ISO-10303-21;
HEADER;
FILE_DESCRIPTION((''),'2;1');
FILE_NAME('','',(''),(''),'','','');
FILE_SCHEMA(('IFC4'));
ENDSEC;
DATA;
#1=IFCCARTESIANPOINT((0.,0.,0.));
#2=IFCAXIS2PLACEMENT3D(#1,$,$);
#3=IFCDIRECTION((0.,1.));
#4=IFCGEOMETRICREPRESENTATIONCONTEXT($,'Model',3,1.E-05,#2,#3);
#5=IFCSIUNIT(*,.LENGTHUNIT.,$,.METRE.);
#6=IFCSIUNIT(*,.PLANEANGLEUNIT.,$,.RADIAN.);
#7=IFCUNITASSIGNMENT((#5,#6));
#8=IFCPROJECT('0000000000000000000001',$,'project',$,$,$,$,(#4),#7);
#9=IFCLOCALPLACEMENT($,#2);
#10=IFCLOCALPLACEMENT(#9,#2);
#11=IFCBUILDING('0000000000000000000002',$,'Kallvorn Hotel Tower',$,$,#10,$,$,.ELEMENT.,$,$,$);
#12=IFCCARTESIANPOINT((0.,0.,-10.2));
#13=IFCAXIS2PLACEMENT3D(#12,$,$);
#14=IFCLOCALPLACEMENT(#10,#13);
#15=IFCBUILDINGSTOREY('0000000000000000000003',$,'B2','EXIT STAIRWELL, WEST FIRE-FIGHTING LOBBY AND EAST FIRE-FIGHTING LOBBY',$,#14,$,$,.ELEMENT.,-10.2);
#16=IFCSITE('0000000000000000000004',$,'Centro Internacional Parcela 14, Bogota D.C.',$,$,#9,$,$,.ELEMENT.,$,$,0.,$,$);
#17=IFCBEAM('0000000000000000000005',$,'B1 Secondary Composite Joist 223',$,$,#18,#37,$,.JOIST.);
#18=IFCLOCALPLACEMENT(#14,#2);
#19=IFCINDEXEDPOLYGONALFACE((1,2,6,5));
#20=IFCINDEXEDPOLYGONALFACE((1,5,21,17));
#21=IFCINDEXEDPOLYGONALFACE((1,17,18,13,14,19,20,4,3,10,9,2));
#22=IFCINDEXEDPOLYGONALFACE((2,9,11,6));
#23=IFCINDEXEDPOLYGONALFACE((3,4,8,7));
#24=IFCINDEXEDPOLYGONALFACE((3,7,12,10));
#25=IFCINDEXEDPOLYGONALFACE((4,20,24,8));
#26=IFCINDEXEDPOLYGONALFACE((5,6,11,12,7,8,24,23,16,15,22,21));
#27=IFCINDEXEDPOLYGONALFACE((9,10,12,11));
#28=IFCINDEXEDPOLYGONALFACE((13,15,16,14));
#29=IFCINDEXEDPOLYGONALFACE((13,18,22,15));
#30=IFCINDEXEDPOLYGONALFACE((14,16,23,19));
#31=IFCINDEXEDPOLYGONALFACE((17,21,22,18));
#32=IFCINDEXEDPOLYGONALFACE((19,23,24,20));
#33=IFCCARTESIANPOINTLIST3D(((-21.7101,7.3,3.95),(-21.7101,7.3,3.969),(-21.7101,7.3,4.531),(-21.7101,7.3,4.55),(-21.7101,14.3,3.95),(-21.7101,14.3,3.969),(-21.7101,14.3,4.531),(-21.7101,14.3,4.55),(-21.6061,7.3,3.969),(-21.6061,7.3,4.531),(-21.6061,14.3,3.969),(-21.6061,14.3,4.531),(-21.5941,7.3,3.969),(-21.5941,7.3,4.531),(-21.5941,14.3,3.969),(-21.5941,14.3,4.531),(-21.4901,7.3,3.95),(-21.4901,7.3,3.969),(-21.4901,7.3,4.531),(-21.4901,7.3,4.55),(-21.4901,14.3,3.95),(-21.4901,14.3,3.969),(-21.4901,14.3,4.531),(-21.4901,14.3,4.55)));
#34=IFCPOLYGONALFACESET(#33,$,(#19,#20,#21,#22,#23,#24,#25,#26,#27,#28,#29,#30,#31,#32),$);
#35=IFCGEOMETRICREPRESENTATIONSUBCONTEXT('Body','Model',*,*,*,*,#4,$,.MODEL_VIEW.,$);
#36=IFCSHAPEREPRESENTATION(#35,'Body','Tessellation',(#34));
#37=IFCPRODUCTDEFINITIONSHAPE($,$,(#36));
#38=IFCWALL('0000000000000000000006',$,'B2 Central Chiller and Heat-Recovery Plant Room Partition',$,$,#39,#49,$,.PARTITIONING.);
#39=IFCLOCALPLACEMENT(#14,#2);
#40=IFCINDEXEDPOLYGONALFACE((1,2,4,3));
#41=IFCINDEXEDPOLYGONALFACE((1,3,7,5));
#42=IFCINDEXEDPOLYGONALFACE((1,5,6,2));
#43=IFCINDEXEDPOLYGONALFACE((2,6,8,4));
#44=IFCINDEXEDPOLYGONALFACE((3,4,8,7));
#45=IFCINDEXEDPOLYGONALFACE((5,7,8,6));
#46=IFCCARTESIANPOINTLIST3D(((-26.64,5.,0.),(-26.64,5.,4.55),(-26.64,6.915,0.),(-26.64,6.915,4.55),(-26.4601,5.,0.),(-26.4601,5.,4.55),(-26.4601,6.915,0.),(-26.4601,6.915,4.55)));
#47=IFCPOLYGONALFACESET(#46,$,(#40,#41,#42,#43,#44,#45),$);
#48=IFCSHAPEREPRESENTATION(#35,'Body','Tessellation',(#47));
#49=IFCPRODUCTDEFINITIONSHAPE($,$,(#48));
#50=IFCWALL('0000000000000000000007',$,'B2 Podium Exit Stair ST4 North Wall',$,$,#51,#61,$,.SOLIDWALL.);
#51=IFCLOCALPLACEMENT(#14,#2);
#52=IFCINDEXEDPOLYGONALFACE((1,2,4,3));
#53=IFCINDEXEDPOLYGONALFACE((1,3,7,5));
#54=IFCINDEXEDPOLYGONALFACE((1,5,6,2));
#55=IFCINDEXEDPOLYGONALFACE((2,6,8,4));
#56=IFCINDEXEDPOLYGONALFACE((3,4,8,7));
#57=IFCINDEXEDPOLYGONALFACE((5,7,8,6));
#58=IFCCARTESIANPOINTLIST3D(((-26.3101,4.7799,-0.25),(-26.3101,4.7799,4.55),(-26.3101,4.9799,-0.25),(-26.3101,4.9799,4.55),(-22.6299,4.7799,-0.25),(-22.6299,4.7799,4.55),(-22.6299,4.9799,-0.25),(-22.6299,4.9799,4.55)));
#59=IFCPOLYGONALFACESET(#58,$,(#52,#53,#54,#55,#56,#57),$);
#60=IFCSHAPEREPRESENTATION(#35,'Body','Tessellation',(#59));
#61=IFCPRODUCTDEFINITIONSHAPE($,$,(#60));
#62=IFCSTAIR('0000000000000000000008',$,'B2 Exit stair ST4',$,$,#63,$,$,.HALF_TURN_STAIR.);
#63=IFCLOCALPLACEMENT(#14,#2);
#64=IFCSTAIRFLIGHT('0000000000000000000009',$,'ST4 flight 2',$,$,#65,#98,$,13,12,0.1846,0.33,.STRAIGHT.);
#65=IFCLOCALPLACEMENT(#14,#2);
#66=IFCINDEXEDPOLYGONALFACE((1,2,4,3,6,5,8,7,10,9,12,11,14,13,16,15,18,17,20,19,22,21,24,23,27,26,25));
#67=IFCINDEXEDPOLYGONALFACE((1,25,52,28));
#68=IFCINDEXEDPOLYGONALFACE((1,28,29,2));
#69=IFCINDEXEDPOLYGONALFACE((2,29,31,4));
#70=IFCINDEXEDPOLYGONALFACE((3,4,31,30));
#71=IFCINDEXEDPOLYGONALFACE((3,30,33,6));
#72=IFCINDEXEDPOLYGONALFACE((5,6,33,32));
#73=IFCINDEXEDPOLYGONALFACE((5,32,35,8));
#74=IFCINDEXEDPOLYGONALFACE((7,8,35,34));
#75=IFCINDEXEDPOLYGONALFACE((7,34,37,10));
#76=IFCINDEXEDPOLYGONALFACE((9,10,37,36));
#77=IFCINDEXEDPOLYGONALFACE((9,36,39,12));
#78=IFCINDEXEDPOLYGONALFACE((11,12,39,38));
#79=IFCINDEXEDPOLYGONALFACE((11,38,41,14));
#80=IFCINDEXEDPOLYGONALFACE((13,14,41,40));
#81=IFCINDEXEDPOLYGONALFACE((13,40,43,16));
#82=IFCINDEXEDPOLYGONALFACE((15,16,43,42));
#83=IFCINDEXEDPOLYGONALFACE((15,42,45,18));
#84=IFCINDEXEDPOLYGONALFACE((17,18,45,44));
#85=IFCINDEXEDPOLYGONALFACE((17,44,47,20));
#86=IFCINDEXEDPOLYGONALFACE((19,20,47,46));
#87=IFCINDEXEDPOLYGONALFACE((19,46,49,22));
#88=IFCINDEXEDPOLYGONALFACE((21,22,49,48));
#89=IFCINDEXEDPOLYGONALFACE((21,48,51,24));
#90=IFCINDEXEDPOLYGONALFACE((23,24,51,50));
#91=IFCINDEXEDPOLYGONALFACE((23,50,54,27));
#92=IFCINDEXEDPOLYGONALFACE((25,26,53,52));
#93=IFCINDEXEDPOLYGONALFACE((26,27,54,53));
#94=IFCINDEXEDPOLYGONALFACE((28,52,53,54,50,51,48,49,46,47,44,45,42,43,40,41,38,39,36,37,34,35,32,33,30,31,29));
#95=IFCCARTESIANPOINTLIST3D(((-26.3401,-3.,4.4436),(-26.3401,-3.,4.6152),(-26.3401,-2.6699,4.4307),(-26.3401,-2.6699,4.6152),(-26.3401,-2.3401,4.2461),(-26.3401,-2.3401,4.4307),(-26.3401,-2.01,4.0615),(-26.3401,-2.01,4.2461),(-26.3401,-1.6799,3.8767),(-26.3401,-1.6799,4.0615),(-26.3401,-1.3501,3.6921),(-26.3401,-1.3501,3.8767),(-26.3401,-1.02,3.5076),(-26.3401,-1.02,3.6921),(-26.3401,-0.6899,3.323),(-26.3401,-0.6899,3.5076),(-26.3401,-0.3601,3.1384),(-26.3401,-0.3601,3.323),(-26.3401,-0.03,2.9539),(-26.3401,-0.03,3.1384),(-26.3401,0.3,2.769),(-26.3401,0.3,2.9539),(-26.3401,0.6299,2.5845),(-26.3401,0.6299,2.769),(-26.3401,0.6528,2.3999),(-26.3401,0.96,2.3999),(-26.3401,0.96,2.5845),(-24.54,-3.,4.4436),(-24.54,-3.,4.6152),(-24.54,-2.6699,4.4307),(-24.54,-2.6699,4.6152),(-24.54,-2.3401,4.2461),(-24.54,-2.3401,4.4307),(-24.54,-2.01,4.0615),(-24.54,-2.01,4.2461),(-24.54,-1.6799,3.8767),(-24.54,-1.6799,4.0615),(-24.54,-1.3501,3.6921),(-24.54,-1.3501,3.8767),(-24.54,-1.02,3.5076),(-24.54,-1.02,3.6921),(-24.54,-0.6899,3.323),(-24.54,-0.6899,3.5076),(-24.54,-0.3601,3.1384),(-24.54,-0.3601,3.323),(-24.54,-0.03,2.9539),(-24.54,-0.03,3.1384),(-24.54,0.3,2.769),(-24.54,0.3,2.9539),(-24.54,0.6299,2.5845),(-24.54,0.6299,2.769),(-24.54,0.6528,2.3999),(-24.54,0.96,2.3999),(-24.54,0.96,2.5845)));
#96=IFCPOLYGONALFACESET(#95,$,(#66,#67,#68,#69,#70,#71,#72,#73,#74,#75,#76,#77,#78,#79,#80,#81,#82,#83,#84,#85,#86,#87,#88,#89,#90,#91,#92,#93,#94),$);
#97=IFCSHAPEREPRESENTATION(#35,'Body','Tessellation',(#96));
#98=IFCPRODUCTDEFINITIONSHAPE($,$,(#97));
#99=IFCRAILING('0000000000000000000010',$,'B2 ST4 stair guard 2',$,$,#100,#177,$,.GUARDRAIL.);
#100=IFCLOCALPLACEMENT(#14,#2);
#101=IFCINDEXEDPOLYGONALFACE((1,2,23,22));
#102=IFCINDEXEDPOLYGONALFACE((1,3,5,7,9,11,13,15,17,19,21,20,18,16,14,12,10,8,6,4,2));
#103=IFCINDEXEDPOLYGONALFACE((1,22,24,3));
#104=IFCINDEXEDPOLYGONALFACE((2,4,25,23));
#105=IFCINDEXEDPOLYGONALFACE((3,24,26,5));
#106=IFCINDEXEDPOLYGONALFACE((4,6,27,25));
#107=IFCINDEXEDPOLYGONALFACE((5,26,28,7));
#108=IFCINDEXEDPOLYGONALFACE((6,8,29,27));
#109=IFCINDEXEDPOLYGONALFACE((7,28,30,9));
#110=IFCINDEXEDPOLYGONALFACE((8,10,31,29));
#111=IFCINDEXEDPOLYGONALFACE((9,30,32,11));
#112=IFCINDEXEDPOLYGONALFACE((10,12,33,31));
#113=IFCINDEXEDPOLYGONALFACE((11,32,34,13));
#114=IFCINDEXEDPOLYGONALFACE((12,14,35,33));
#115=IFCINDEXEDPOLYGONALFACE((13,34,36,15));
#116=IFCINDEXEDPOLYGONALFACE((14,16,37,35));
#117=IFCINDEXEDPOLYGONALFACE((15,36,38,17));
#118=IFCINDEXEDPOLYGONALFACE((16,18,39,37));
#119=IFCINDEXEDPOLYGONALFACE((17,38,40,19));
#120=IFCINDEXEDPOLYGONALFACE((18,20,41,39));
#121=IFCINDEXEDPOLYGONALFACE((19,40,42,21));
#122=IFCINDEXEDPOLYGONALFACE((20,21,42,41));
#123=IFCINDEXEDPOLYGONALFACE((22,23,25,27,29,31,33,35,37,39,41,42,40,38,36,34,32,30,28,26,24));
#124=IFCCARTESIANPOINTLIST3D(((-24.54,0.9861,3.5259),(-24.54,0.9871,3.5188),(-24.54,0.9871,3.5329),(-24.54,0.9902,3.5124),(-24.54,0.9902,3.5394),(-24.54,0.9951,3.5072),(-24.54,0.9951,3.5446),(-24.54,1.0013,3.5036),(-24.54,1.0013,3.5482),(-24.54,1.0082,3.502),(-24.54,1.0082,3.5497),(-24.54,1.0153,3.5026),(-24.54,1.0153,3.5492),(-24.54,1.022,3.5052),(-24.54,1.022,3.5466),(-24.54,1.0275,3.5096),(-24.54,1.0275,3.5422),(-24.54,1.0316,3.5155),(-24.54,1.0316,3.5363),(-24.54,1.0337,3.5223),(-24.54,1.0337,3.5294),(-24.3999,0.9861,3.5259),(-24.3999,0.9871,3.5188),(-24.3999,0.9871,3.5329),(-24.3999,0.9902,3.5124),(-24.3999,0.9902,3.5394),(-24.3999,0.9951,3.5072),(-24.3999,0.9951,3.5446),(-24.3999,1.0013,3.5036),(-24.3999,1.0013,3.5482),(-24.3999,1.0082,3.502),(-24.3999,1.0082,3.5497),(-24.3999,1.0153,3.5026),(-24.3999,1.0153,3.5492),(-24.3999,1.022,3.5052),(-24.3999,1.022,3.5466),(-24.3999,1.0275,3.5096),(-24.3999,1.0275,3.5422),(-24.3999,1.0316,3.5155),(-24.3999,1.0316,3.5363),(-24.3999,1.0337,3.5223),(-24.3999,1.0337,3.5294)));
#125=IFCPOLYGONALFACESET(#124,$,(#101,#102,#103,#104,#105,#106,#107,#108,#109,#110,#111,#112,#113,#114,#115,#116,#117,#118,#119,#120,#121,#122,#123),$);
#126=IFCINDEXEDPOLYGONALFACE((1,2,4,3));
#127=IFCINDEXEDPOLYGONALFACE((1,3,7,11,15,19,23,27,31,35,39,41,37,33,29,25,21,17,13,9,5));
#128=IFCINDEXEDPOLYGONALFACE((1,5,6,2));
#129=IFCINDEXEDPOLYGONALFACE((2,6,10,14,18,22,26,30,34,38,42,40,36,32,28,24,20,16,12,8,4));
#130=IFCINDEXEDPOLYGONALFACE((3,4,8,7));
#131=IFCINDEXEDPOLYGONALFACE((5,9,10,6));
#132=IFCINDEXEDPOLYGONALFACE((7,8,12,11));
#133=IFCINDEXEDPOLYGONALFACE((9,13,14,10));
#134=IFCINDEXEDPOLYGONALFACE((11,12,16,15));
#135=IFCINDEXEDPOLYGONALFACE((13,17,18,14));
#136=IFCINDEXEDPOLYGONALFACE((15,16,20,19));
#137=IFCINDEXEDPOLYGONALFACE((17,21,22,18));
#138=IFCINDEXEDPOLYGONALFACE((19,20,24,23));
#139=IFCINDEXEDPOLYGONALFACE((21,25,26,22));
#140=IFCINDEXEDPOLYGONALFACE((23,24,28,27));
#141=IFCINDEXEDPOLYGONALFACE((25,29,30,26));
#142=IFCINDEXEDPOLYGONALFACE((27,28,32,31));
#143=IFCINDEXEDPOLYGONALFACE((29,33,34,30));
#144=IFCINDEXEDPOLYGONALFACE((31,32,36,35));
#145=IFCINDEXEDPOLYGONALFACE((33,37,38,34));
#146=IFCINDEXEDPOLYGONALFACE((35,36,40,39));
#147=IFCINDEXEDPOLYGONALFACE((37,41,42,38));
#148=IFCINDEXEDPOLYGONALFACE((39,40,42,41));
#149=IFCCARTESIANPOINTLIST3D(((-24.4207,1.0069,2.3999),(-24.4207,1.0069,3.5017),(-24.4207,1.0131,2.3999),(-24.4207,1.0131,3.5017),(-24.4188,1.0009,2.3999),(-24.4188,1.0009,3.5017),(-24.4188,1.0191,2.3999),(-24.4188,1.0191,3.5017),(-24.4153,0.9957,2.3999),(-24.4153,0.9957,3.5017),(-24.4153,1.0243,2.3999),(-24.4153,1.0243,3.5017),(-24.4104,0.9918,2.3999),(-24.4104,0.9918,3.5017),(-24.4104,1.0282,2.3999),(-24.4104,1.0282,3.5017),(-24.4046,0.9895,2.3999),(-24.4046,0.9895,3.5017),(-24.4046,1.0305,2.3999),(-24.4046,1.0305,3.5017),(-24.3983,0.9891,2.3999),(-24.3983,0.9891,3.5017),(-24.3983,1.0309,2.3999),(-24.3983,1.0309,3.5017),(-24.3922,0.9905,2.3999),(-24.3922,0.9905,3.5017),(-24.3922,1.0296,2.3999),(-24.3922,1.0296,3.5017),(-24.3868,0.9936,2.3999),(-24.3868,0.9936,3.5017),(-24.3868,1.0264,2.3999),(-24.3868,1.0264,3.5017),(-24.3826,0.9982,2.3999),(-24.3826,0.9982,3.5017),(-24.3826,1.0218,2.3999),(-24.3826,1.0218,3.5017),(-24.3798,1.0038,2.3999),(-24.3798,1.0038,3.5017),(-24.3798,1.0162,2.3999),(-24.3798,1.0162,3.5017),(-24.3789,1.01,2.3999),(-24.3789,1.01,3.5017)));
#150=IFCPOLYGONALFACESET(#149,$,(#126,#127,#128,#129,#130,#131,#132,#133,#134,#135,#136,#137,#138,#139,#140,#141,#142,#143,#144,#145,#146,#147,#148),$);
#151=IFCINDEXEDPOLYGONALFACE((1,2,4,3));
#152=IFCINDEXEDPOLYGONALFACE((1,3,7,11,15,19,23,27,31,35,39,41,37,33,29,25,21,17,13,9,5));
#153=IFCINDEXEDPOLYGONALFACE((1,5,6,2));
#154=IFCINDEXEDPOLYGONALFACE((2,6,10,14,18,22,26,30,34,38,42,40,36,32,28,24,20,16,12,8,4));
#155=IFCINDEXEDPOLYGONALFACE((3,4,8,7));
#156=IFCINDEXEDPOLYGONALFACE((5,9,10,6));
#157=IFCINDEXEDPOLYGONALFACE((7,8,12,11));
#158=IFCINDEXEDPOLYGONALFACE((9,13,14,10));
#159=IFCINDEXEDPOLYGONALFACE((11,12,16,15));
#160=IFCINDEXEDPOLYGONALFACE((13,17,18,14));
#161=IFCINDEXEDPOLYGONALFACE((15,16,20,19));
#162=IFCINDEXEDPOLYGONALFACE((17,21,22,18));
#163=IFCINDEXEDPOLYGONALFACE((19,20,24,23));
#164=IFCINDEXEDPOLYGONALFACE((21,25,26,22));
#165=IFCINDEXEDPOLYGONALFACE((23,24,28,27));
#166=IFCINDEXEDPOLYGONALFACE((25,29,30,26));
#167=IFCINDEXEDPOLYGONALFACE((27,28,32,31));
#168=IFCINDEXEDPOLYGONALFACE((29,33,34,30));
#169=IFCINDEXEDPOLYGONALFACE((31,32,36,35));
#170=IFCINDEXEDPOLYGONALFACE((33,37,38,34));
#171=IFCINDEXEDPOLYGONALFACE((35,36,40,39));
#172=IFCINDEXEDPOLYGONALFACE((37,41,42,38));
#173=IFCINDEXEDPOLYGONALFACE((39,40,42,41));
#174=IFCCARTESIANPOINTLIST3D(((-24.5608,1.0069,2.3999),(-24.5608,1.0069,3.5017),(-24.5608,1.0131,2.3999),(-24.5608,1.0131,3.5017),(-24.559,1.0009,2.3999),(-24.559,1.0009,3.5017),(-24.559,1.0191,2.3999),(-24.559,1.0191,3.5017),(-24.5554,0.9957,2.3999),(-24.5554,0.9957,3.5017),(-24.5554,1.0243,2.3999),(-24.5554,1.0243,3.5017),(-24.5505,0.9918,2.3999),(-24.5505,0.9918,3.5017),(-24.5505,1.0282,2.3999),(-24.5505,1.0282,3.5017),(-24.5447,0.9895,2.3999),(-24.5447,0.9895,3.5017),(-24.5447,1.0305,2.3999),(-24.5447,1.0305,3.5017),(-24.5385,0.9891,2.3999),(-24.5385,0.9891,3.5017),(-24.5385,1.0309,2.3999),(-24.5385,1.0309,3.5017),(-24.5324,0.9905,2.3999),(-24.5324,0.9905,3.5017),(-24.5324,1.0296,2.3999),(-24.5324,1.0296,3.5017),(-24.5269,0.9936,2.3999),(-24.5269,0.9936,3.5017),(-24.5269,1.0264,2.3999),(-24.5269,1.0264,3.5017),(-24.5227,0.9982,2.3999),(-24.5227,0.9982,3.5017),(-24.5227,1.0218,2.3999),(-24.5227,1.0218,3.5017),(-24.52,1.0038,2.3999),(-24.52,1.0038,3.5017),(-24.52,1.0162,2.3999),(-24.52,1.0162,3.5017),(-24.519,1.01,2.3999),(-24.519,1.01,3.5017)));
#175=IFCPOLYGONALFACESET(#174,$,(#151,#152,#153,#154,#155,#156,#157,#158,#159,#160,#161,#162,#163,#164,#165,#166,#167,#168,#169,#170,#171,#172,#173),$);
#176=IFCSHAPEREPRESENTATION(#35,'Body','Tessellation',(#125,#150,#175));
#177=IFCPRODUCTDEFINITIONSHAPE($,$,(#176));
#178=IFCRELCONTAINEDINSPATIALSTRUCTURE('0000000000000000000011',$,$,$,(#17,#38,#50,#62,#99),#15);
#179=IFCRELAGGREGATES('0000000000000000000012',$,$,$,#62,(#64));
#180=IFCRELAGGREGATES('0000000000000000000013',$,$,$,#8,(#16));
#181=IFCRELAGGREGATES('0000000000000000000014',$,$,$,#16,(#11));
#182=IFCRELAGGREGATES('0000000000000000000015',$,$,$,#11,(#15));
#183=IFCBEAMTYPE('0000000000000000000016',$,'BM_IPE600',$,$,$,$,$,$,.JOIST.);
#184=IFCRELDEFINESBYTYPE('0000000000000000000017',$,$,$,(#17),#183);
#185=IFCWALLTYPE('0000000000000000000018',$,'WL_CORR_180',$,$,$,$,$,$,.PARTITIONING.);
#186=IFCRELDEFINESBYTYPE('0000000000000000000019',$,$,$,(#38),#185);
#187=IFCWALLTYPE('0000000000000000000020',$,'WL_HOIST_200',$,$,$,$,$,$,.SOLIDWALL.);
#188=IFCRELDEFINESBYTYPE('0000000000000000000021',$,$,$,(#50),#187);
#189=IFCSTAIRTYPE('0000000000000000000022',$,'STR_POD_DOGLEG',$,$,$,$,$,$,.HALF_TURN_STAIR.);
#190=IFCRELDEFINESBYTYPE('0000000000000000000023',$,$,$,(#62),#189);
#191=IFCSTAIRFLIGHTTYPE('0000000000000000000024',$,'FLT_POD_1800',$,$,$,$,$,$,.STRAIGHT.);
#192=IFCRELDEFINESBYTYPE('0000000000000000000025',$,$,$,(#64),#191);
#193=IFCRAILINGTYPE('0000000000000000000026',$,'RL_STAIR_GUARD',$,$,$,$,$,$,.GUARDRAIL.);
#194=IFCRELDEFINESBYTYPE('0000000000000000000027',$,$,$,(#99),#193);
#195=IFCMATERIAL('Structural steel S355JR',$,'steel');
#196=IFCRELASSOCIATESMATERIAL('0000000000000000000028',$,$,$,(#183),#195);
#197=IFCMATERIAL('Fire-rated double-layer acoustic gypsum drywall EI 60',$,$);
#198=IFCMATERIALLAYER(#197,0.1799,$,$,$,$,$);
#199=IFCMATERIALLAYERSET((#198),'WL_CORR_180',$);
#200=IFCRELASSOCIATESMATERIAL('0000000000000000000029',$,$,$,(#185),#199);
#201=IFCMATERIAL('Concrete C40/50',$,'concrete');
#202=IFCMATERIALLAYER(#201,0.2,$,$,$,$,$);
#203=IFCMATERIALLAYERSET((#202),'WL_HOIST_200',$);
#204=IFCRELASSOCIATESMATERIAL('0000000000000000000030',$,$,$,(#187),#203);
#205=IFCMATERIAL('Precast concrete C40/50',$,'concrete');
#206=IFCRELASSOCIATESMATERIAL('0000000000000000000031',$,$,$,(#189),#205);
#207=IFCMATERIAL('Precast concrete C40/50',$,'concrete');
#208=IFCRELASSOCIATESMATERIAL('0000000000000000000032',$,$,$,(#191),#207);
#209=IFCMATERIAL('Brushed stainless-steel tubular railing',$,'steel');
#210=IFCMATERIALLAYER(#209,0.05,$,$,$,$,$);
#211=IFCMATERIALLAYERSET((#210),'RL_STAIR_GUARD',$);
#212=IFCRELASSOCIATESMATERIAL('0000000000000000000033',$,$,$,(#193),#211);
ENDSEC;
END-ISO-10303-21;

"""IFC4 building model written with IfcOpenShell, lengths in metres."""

from ifc_helpers import new_model, si_unit, direction, frame, frame_2d, origin, origin_2d, place, context, subcontext, project, spatial, polyline, rectangle, circle, i_section, outline, extrude, material, layer, layer_set, material_profile, profile_set, type_object, element, aggregate, save


model = new_model("IFC4")

# Units and contexts
model_context = context("Model", 3, precision=1e-05, world=origin(), true_north=direction((0.0, 1.0)))
body_context = subcontext(model_context, "Body", "Model", "MODEL_VIEW")
ifc_project = project(units=[si_unit("LENGTHUNIT", "METRE"), si_unit("PLANEANGLEUNIT", "RADIAN")], contexts=[model_context])

# Site, building, storey
site_placement = place(None, origin())
site = spatial("IfcSite", under=ifc_project, at=site_placement, Name="Centro Internacional Parcela 14, Bogota D.C.", CompositionType="ELEMENT", RefElevation=0.0)
building_placement = place(site_placement, origin())
building = spatial("IfcBuilding", under=site, at=building_placement, Name="Kallvorn Hotel Tower", CompositionType="ELEMENT")
storey_placement = place(building_placement, frame((0.0, 0.0, -10.2)))
storey = spatial("IfcBuildingStorey", under=building, at=storey_placement, Name="B2", Description="EXIT STAIRWELL, WEST FIRE-FIGHTING LOBBY AND EAST FIRE-FIGHTING LOBBY", CompositionType="ELEMENT", Elevation=-10.2)

# Beam
ifc_material_1 = material(Name="Structural steel S355JR", Category="steel")
ifc_material_profile_1 = material_profile(ifc_material_1, i_section(OverallWidth=0.22, OverallDepth=0.6001, WebThickness=0.012, FlangeThickness=0.019, at=origin_2d()), Name="IPE 600")
ifc_profile_set_1 = profile_set([ifc_material_profile_1], Name="Structural steel S355JR")
beam_type_1 = type_object("IfcBeamType", Name="BM_IPE600", PredefinedType="JOIST", material=ifc_profile_set_1)
beam_1_placement = place(storey_placement, frame((-21.6001, 7.3, 4.25), z_axis=(0.0, 1.0, 0.0), x_axis=(-1.0, 0.0, 0.0)))
element("IfcBeam", 1, at=beam_1_placement, inside=storey, type_object=beam_type_1, Name="B1 Secondary Composite Joist 223", PredefinedType="JOIST", context=body_context, shape_type="SweptSolid", body=[
    extrude(i_section(OverallWidth=0.22, OverallDepth=0.6001, WebThickness=0.012, FlangeThickness=0.019, at=origin_2d()), origin(), (0.0, 0.0, 1.0), 7.0),
])

# Walls
ifc_material_2 = material(Name="Fire-rated double-layer acoustic gypsum drywall EI 60")
ifc_layer_1 = layer(ifc_material_2, 0.1799)
ifc_layer_set_1 = layer_set([ifc_layer_1], Name="WL_CORR_180")
wall_type_1 = type_object("IfcWallType", Name="WL_CORR_180", PredefinedType="PARTITIONING", material=ifc_layer_set_1)
wall_1_placement = place(storey_placement, frame((-26.55, 5.0, 0.0), z_axis=(0.0, 0.0, 1.0), x_axis=(0.0, 1.0, 0.0)))
element("IfcWall", 2, at=wall_1_placement, inside=storey, type_object=wall_type_1, Name="B2 Central Chiller and Heat-Recovery Plant Room Partition", PredefinedType="PARTITIONING", context=body_context, shape_type="SweptSolid", body=[
    extrude(rectangle(XDim=1.915, YDim=0.1799, at=frame_2d((0.9575, 0.0))), origin(), (0.0, 0.0, 1.0), 4.55),
])
ifc_material_3 = material(Name="Concrete C40/50", Category="concrete")
ifc_layer_2 = layer(ifc_material_3, 0.2)
ifc_layer_set_2 = layer_set([ifc_layer_2], Name="WL_HOIST_200")
wall_type_2 = type_object("IfcWallType", Name="WL_HOIST_200", PredefinedType="SOLIDWALL", material=ifc_layer_set_2)
wall_2_placement = place(storey_placement, frame((-26.3101, 4.8799, -0.25), z_axis=(0.0, 0.0, 1.0), x_axis=(1.0, 0.0, 0.0)))
element("IfcWall", 3, at=wall_2_placement, inside=storey, type_object=wall_type_2, Name="B2 Podium Exit Stair ST4 North Wall", PredefinedType="SOLIDWALL", context=body_context, shape_type="SweptSolid", body=[
    extrude(rectangle(XDim=3.6802, YDim=0.2, at=frame_2d((1.8401, 0.0))), origin(), (0.0, 0.0, 1.0), 4.8),
])

# Stair, stair flight
ifc_material_4 = material(Name="Precast concrete C40/50", Category="concrete")
stair_type = type_object("IfcStairType", Name="STR_POD_DOGLEG", PredefinedType="HALF_TURN_STAIR", material=ifc_material_4)
stair_placement = place(storey_placement, origin())
stair = element("IfcStair", 4, at=stair_placement, inside=storey, type_object=stair_type, Name="B2 Exit stair ST4", PredefinedType="HALF_TURN_STAIR")
ifc_material_5 = material(Name="Precast concrete C40/50", Category="concrete")
stair_flight_type = type_object("IfcStairFlightType", Name="FLT_POD_1800", PredefinedType="STRAIGHT", material=ifc_material_5)
stair_flight_placement = place(storey_placement, frame((-25.4399, 0.96, 2.3999), z_axis=(0.0, 0.0, 1.0), x_axis=(0.0, -1.0, 0.0)))
stair_flight = element("IfcStairFlight", 5, at=stair_flight_placement, type_object=stair_flight_type, Name="ST4 flight 2", NumberOfRisers=13, NumberOfTreads=12, PredefinedType="STRAIGHT", RiserHeight=0.1846, TreadLength=0.33, context=body_context, shape_type="SweptSolid", body=[
    extrude(outline(polyline([(0.0, 0.0), (0.0, 0.1846), (0.3301, 0.1846), (0.3301, 0.3691), (0.6599, 0.3691), (0.6599, 0.554), (0.99, 0.554), (0.99, 0.7385), (1.3201, 0.7385), (1.3201, 0.9231), (1.6499, 0.9231), (1.6499, 1.1077), (1.98, 1.1077), (1.98, 1.2922), (2.3101, 1.2922), (2.3101, 1.4768), (2.6399, 1.4768), (2.6399, 1.6616), (2.97, 1.6616), (2.97, 1.8462), (3.3, 1.8462), (3.3, 2.0308), (3.6299, 2.0308), (3.6299, 2.2153), (3.96, 2.2153), (3.96, 2.3999), (3.96, 2.0437), (0.3071, 0.0), (0.0, 0.0)])), frame((0.0, 0.8999, 0.0), z_axis=(0.0, -1.0, 0.0), x_axis=(1.0, 0.0, 0.0)), (0.0, 0.0, 1.0), 1.8),
])
aggregate(stair, [stair_flight])

# Railing
ifc_material_6 = material(Name="Brushed stainless-steel tubular railing", Category="steel")
ifc_layer_3 = layer(ifc_material_6, 0.05)
ifc_layer_set_3 = layer_set([ifc_layer_3], Name="RL_STAIR_GUARD")
railing_type_1 = type_object("IfcRailingType", Name="RL_STAIR_GUARD", PredefinedType="GUARDRAIL", material=ifc_layer_set_3)
railing_1_placement = place(storey_placement, frame((-24.3999, 1.01, 2.3999)))
element("IfcRailing", 6, at=railing_1_placement, inside=storey, type_object=railing_type_1, Name="B2 ST4 stair guard 2", PredefinedType="GUARDRAIL", context=body_context, shape_type="SweptSolid", body=[
    extrude(circle(Radius=0.0239, at=origin_2d()), frame((0.0, 0.0, 1.126), z_axis=(-1.0, 0.0, 0.0), x_axis=(0.0, -1.0, 0.0)), (0.0, 0.0, 1.0), 0.1401),
    extrude(circle(Radius=0.021, at=origin_2d()), origin(), (0.0, 0.0, 1.0), 1.1018),
    extrude(circle(Radius=0.021, at=origin_2d()), frame((-0.1401, 0.0, 0.0)), (0.0, 0.0, 1.0), 1.1018),
])

save(model, "model.ifc")
